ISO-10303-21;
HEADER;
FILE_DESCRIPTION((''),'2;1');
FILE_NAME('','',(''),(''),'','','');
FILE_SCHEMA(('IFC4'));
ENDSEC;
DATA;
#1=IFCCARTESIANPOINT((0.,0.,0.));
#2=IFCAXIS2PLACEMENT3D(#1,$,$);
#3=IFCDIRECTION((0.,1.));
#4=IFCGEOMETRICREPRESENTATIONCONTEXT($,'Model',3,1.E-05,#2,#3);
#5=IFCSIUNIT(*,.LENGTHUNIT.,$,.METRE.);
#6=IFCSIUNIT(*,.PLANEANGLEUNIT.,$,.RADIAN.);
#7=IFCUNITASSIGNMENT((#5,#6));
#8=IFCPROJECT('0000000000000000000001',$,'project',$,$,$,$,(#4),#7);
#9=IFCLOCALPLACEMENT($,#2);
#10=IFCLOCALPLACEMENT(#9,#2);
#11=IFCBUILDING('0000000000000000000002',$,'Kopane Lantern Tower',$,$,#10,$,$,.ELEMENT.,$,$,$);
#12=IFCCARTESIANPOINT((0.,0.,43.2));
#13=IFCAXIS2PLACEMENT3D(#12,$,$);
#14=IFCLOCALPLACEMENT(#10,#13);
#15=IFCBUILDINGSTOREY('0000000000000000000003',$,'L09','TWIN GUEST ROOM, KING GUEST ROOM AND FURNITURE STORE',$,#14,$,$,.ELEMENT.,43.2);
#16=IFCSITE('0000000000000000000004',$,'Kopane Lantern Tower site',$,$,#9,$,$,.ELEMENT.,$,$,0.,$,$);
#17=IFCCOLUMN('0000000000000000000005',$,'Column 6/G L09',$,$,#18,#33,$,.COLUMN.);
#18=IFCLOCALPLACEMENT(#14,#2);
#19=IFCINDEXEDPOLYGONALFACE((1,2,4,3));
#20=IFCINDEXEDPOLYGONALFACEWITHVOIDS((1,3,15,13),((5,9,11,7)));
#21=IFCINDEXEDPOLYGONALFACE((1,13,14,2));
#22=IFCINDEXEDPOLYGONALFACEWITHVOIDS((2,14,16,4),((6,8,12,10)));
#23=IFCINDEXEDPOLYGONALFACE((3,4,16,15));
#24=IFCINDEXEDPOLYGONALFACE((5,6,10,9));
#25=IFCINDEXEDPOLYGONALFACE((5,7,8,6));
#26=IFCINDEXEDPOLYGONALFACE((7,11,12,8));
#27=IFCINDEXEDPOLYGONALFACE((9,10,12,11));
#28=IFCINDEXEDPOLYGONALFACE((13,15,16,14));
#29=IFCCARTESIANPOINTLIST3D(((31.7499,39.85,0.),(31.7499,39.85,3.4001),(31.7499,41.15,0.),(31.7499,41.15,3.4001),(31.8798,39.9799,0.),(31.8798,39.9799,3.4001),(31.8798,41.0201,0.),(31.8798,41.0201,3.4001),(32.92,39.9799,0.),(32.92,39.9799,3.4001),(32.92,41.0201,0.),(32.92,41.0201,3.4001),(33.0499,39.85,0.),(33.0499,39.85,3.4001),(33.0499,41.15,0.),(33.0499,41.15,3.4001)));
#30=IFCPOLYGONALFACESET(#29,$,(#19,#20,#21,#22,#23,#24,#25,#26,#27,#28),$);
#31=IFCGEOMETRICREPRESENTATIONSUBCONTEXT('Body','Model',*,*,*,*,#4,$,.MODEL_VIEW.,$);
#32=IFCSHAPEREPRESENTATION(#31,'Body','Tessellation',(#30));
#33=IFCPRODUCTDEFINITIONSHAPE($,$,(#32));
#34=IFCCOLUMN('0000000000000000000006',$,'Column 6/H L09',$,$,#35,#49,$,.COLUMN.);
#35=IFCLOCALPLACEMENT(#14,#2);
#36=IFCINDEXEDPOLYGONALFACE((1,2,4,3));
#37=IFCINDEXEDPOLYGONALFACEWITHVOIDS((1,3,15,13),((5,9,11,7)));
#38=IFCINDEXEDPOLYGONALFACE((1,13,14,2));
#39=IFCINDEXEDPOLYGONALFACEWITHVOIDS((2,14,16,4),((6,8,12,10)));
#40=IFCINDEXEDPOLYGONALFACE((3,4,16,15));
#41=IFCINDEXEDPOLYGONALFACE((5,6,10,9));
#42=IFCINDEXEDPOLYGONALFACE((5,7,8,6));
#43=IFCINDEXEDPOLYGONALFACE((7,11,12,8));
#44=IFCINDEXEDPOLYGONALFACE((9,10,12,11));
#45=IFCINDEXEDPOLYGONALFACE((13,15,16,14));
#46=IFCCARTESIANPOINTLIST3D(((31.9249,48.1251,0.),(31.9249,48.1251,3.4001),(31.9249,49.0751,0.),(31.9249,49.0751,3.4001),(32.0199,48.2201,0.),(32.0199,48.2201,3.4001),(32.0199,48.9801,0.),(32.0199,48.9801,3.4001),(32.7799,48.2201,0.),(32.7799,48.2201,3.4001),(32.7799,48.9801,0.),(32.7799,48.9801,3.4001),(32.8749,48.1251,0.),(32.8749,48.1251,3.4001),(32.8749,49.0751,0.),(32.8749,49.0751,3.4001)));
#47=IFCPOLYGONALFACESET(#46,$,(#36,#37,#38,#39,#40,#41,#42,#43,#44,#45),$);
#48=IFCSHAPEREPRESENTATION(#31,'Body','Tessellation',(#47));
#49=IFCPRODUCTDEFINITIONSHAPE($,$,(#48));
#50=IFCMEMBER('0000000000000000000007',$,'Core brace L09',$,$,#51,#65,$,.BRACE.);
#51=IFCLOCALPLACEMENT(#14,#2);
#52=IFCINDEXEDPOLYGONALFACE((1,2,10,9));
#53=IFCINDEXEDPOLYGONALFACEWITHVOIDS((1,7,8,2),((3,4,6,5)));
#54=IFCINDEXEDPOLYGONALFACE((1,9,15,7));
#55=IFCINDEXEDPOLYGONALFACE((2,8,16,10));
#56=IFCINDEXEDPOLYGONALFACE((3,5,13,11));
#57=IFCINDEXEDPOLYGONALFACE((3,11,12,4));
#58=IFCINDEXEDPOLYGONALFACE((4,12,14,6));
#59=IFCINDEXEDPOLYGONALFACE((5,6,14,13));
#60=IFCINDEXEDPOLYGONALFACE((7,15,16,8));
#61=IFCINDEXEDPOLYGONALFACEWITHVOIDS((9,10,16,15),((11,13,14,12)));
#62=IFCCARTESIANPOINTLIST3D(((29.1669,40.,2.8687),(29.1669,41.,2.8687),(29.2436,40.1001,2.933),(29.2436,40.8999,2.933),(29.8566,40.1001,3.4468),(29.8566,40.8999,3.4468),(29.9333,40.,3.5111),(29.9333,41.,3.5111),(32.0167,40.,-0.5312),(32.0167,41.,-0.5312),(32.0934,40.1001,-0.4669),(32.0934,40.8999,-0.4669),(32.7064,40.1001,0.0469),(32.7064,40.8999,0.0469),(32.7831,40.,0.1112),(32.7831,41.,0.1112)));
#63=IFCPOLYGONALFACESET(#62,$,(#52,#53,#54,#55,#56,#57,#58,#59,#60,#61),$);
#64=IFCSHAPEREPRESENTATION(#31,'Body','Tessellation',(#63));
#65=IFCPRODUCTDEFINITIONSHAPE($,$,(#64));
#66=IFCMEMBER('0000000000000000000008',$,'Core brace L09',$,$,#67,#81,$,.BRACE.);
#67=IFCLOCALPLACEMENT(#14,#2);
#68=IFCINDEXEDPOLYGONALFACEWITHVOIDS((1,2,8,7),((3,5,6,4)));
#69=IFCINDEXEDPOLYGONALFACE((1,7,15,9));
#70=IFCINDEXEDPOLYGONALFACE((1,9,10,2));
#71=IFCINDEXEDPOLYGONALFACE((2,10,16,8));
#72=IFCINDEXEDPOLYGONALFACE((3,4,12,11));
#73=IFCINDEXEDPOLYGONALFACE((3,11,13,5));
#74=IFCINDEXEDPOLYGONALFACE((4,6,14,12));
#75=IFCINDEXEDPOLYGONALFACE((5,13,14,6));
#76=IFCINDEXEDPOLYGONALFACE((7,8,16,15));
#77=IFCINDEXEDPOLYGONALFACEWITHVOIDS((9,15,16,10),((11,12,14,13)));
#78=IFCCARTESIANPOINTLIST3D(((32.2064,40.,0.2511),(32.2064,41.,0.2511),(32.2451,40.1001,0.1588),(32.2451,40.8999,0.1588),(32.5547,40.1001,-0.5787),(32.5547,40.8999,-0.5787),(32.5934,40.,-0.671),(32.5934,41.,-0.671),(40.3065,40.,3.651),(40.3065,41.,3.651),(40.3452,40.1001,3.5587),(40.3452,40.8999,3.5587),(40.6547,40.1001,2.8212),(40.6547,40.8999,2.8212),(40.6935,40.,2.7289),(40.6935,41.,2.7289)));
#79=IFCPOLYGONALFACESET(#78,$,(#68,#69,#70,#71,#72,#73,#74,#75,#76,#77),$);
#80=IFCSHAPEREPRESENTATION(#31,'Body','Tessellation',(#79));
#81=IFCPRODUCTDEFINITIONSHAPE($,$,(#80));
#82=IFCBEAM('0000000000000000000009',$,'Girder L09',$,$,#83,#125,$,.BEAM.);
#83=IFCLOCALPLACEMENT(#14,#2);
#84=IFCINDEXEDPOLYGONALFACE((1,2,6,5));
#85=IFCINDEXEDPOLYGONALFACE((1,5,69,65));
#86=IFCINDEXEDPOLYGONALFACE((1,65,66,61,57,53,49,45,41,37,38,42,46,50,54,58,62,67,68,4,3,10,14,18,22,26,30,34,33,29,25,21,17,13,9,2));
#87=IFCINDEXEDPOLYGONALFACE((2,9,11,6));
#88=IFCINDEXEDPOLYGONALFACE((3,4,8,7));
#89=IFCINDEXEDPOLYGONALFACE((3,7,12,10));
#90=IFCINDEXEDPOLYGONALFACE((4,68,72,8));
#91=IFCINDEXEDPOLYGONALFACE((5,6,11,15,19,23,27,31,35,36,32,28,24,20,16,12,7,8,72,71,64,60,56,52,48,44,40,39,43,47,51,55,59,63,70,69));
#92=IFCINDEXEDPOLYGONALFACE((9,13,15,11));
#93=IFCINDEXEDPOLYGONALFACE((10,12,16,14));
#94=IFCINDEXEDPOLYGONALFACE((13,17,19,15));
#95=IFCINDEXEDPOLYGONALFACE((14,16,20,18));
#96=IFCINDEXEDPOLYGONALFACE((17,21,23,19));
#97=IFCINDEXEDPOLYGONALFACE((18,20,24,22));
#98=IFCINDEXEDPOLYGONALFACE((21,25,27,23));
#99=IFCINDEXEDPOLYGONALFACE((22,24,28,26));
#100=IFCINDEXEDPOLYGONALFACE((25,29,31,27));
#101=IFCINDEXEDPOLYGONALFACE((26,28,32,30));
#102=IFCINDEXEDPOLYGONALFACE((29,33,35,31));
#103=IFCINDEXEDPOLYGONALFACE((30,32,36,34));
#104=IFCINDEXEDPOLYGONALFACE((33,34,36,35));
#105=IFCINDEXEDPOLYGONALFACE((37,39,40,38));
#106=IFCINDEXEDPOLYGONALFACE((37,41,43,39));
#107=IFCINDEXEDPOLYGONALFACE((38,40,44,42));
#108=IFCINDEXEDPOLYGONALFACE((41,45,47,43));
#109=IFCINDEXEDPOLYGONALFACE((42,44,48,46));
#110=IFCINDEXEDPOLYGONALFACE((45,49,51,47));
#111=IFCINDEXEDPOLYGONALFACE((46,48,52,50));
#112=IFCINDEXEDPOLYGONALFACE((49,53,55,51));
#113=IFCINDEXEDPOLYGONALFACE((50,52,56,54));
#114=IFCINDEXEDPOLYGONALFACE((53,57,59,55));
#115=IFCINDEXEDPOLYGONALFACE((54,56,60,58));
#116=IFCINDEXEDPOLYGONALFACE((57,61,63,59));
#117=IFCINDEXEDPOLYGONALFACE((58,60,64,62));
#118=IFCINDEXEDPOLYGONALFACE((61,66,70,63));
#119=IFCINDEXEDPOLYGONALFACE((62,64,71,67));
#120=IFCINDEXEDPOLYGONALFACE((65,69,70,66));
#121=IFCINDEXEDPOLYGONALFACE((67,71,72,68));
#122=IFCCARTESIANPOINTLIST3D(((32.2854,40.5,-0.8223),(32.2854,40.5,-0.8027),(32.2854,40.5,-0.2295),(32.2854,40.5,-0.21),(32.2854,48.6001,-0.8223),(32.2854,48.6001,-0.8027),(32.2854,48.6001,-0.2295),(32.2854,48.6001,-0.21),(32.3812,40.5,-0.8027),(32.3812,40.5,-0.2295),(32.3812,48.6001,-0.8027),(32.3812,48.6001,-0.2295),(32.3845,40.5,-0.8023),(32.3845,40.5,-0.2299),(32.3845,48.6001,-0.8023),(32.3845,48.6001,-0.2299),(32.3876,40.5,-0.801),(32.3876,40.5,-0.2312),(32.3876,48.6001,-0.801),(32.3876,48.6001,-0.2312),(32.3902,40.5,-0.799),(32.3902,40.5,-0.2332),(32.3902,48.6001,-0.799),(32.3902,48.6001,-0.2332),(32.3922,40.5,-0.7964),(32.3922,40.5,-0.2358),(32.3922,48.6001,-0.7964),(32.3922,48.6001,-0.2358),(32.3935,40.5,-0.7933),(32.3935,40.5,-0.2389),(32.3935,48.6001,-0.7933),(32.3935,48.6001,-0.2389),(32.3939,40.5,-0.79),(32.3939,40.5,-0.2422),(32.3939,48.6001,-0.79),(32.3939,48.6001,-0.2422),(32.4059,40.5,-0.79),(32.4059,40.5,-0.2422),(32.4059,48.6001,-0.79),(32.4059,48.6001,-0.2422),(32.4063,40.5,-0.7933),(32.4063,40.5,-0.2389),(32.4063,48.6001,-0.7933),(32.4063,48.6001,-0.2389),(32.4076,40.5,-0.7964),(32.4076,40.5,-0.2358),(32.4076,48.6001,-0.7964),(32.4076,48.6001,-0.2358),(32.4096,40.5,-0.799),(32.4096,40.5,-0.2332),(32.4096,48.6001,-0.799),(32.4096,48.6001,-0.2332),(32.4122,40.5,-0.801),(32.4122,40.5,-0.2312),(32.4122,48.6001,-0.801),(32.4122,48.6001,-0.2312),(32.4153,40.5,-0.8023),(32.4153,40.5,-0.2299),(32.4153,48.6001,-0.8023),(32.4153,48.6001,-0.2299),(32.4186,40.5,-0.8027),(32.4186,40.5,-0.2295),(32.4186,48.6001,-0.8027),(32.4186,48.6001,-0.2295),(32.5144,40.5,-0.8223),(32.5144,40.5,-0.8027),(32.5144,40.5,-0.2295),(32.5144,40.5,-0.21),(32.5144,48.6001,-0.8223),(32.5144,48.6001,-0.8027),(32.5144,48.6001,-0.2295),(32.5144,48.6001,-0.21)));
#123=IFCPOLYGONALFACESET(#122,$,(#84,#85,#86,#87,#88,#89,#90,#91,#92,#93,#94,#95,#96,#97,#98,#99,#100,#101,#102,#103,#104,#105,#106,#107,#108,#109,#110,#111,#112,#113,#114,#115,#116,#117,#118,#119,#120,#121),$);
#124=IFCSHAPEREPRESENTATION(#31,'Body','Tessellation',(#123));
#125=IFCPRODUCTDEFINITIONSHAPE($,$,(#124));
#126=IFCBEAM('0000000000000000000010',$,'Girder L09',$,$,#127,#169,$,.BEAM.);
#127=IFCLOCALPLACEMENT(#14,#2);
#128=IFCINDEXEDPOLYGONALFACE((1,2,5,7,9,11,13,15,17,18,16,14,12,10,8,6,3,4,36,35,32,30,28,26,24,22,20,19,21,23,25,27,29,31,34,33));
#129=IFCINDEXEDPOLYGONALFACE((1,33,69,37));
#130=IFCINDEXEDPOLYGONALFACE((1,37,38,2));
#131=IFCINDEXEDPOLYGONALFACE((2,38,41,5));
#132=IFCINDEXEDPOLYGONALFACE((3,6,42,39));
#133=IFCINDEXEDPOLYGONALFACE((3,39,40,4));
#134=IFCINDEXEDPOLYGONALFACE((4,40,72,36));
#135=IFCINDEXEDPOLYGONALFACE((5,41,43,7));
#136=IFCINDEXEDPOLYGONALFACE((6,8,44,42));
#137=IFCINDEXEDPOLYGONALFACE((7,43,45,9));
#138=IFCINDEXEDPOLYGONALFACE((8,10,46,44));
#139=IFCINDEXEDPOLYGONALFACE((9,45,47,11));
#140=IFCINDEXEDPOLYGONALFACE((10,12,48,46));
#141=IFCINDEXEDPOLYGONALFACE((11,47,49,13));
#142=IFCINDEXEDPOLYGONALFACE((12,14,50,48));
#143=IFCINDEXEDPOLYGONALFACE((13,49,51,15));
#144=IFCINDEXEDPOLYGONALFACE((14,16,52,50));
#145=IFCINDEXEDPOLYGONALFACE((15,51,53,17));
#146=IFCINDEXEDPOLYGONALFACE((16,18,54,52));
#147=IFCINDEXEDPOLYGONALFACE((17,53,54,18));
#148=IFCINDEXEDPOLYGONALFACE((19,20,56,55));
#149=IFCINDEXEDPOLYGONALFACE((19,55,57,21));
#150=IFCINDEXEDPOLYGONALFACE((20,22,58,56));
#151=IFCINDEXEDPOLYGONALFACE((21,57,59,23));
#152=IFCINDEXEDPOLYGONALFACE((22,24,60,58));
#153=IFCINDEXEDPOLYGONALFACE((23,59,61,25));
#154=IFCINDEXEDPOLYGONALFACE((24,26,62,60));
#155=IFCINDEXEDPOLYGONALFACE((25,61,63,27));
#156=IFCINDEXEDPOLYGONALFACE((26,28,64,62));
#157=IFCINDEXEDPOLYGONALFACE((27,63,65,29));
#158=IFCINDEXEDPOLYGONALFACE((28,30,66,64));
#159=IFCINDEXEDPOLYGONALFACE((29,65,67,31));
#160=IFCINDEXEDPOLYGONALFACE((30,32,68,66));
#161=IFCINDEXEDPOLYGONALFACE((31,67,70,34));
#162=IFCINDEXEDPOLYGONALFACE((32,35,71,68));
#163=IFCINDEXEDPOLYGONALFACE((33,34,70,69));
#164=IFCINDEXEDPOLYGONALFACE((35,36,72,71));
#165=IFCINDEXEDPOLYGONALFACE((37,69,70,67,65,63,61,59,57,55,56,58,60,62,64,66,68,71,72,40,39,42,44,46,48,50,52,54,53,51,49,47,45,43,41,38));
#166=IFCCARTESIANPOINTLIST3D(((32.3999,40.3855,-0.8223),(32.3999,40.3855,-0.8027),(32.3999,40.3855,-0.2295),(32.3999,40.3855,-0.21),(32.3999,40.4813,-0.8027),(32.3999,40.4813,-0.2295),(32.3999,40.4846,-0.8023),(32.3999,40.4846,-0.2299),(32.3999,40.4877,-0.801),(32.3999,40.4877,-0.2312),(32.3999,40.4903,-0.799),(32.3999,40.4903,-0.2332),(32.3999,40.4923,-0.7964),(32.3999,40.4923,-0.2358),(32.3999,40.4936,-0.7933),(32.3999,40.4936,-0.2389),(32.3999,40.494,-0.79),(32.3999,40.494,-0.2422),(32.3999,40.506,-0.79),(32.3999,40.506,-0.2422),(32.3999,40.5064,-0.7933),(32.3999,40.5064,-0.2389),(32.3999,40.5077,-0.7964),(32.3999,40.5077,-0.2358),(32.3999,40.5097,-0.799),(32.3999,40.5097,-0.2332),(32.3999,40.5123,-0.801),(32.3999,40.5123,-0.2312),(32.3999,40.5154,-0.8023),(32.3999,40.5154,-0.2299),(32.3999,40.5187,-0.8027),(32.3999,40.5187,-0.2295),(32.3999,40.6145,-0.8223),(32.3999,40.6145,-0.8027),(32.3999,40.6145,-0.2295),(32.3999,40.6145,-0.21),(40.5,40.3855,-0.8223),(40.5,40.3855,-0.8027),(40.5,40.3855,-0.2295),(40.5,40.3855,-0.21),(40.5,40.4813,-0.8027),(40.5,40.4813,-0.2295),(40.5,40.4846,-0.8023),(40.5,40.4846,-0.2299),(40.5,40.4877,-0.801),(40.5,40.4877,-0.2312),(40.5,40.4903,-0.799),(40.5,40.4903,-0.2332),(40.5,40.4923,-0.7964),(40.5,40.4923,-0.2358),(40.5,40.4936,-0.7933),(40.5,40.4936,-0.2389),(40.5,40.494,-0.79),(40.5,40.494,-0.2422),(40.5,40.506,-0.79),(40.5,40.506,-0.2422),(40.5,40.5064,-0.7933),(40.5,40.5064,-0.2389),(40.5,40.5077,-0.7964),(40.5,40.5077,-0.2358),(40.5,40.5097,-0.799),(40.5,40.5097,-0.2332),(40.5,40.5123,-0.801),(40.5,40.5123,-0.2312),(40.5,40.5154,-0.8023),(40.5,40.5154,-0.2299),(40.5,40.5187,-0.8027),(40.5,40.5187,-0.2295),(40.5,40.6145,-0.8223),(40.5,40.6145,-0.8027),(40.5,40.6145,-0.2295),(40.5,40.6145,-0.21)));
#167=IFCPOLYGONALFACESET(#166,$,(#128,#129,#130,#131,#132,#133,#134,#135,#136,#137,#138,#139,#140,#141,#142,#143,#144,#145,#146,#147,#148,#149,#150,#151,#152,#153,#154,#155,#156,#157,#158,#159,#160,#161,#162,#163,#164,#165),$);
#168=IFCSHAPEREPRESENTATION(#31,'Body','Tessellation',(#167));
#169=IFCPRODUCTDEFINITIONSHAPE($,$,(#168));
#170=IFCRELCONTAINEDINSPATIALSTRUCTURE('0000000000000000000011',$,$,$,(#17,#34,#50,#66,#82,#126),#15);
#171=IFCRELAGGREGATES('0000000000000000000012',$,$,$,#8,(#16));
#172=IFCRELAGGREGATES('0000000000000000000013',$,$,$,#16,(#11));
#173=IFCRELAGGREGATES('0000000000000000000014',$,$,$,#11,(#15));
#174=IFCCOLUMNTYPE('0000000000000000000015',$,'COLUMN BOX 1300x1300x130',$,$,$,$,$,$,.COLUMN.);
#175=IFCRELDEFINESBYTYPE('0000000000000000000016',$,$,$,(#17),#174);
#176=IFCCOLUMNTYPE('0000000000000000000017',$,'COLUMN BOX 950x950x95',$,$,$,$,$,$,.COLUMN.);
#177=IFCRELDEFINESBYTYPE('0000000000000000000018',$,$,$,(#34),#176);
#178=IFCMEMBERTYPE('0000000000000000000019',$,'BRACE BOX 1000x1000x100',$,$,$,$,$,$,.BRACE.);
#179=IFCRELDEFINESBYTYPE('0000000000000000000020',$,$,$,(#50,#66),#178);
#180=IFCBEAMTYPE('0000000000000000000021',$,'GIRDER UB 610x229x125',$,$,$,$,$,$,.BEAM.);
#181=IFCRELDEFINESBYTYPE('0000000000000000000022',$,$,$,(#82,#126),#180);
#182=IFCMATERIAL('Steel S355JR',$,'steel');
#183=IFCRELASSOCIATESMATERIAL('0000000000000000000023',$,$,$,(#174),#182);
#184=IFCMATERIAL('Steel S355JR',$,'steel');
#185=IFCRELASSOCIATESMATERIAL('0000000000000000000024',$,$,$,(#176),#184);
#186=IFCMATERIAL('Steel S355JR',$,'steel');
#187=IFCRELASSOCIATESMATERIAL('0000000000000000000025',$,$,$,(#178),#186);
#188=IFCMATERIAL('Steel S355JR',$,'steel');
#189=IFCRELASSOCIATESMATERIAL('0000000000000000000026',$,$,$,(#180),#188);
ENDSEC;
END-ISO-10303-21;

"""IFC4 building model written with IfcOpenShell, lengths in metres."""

from ifc_helpers import new_model, si_unit, direction, frame, origin, origin_2d, place, context, subcontext, project, spatial, hollow_rectangle, i_section, extrude, material, material_profile, profile_set, type_object, element, save


model = new_model("IFC4")

# Units and contexts
model_context = context("Model", 3, precision=1e-05, world=origin(), true_north=direction((0.0, 1.0)))
body_context = subcontext(model_context, "Body", "Model", "MODEL_VIEW")
ifc_project = project(units=[si_unit("LENGTHUNIT", "METRE"), si_unit("PLANEANGLEUNIT", "RADIAN")], contexts=[model_context])

# Site, building, storey
site_placement = place(None, origin())
site = spatial("IfcSite", under=ifc_project, at=site_placement, Name="Kopane Lantern Tower site", CompositionType="ELEMENT", RefElevation=0.0)
building_placement = place(site_placement, origin())
building = spatial("IfcBuilding", under=site, at=building_placement, Name="Kopane Lantern Tower", CompositionType="ELEMENT")
storey_placement = place(building_placement, frame((0.0, 0.0, 43.2)))
storey = spatial("IfcBuildingStorey", under=building, at=storey_placement, Name="L09", Description="TWIN GUEST ROOM, KING GUEST ROOM AND FURNITURE STORE", CompositionType="ELEMENT", Elevation=43.2)

# Columns
ifc_material_1 = material(Name="Steel S355JR", Category="steel")
ifc_material_profile_1 = material_profile(ifc_material_1, hollow_rectangle(XDim=1.3, YDim=1.3, WallThickness=0.1299, at=origin_2d()), Name="BOX 1300x1300x130")
ifc_profile_set_1 = profile_set([ifc_material_profile_1], Name="Steel S355JR")
column_type_1 = type_object("IfcColumnType", Name="COLUMN BOX 1300x1300x130", PredefinedType="COLUMN", material=ifc_profile_set_1)
column_1_placement = place(storey_placement, frame((32.3999, 40.5, 0.0), z_axis=(0.0, 0.0, 1.0), x_axis=(1.0, 0.0, 0.0)))
element("IfcColumn", 1, at=column_1_placement, inside=storey, type_object=column_type_1, Name="Column 6/G L09", PredefinedType="COLUMN", context=body_context, shape_type="SweptSolid", body=[
    extrude(hollow_rectangle(XDim=1.3, YDim=1.3, WallThickness=0.1299, at=origin_2d()), origin(), (0.0, 0.0, 1.0), 3.4001),
])
ifc_material_2 = material(Name="Steel S355JR", Category="steel")
ifc_material_profile_2 = material_profile(ifc_material_2, hollow_rectangle(XDim=0.95, YDim=0.95, WallThickness=0.095, at=origin_2d()), Name="BOX 950x950x95")
ifc_profile_set_2 = profile_set([ifc_material_profile_2], Name="Steel S355JR")
column_type_2 = type_object("IfcColumnType", Name="COLUMN BOX 950x950x95", PredefinedType="COLUMN", material=ifc_profile_set_2)
column_2_placement = place(storey_placement, frame((32.3999, 48.6001, 0.0), z_axis=(0.0, 0.0, 1.0), x_axis=(1.0, 0.0, 0.0)))
element("IfcColumn", 2, at=column_2_placement, inside=storey, type_object=column_type_2, Name="Column 6/H L09", PredefinedType="COLUMN", context=body_context, shape_type="SweptSolid", body=[
    extrude(hollow_rectangle(XDim=0.95, YDim=0.95, WallThickness=0.095, at=origin_2d()), origin(), (0.0, 0.0, 1.0), 3.4001),
])

# Members
ifc_material_3 = material(Name="Steel S355JR", Category="steel")
ifc_material_profile_3 = material_profile(ifc_material_3, hollow_rectangle(XDim=1.0, YDim=1.0, WallThickness=0.1001, at=origin_2d()), Name="BOX 1000x1000x100")
ifc_profile_set_3 = profile_set([ifc_material_profile_3], Name="Steel S355JR")
member_type = type_object("IfcMemberType", Name="BRACE BOX 1000x1000x100", PredefinedType="BRACE", material=ifc_profile_set_3)
member_1_placement = place(storey_placement, frame((32.3999, 40.5, -0.21), z_axis=(-0.64239, 0.0, 0.766378), x_axis=(0.0, -1.0, 0.0)))
element("IfcMember", 3, at=member_1_placement, inside=storey, type_object=member_type, Name="Core brace L09", PredefinedType="BRACE", context=body_context, shape_type="SweptSolid", body=[
    extrude(hollow_rectangle(XDim=1.0, YDim=1.0, WallThickness=0.1001, at=origin_2d()), origin(), (0.0, 0.0, 1.0), 4.4363),
])
member_2_placement = place(storey_placement, frame((32.3999, 40.5, -0.21), z_axis=(0.922069, 0.0, 0.387026), x_axis=(0.0, 1.0, 0.0)))
element("IfcMember", 4, at=member_2_placement, inside=storey, type_object=member_type, Name="Core brace L09", PredefinedType="BRACE", context=body_context, shape_type="SweptSolid", body=[
    extrude(hollow_rectangle(XDim=1.0, YDim=1.0, WallThickness=0.1001, at=origin_2d()), origin(), (0.0, 0.0, 1.0), 8.7847),
])

# Beams
ifc_material_4 = material(Name="Steel S355JR", Category="steel")
ifc_material_profile_4 = material_profile(ifc_material_4, i_section(OverallWidth=0.229, OverallDepth=0.6123, WebThickness=0.012, FlangeThickness=0.0195, FilletRadius=0.0127, at=origin_2d()), Name="UB 610x229x125")
ifc_profile_set_4 = profile_set([ifc_material_profile_4], Name="Steel S355JR")
beam_type = type_object("IfcBeamType", Name="GIRDER UB 610x229x125", PredefinedType="BEAM", material=ifc_profile_set_4)
for number, where, z_axis, x_axis, name in (
    (5, (32.3999, 40.5, -0.5161), (0.0, 1.0, 0.0), (-1.0, 0.0, 0.0), "Girder L09"),
    (6, (32.3999, 40.5, -0.5161), (1.0, 0.0, 0.0), (0.0, 1.0, 0.0), "Girder L09"),
):
    element("IfcBeam", number, at=place(storey_placement, frame(where, z_axis=z_axis, x_axis=x_axis)), inside=storey, type_object=beam_type, Name=name, PredefinedType="BEAM", context=body_context, shape_type="SweptSolid", body=[
        extrude(i_section(OverallWidth=0.229, OverallDepth=0.6123, WebThickness=0.012, FlangeThickness=0.0195, FilletRadius=0.0127, at=origin_2d()), origin(), (0.0, 0.0, 1.0), 8.1001),
    ])

save(model, "model.ifc")
